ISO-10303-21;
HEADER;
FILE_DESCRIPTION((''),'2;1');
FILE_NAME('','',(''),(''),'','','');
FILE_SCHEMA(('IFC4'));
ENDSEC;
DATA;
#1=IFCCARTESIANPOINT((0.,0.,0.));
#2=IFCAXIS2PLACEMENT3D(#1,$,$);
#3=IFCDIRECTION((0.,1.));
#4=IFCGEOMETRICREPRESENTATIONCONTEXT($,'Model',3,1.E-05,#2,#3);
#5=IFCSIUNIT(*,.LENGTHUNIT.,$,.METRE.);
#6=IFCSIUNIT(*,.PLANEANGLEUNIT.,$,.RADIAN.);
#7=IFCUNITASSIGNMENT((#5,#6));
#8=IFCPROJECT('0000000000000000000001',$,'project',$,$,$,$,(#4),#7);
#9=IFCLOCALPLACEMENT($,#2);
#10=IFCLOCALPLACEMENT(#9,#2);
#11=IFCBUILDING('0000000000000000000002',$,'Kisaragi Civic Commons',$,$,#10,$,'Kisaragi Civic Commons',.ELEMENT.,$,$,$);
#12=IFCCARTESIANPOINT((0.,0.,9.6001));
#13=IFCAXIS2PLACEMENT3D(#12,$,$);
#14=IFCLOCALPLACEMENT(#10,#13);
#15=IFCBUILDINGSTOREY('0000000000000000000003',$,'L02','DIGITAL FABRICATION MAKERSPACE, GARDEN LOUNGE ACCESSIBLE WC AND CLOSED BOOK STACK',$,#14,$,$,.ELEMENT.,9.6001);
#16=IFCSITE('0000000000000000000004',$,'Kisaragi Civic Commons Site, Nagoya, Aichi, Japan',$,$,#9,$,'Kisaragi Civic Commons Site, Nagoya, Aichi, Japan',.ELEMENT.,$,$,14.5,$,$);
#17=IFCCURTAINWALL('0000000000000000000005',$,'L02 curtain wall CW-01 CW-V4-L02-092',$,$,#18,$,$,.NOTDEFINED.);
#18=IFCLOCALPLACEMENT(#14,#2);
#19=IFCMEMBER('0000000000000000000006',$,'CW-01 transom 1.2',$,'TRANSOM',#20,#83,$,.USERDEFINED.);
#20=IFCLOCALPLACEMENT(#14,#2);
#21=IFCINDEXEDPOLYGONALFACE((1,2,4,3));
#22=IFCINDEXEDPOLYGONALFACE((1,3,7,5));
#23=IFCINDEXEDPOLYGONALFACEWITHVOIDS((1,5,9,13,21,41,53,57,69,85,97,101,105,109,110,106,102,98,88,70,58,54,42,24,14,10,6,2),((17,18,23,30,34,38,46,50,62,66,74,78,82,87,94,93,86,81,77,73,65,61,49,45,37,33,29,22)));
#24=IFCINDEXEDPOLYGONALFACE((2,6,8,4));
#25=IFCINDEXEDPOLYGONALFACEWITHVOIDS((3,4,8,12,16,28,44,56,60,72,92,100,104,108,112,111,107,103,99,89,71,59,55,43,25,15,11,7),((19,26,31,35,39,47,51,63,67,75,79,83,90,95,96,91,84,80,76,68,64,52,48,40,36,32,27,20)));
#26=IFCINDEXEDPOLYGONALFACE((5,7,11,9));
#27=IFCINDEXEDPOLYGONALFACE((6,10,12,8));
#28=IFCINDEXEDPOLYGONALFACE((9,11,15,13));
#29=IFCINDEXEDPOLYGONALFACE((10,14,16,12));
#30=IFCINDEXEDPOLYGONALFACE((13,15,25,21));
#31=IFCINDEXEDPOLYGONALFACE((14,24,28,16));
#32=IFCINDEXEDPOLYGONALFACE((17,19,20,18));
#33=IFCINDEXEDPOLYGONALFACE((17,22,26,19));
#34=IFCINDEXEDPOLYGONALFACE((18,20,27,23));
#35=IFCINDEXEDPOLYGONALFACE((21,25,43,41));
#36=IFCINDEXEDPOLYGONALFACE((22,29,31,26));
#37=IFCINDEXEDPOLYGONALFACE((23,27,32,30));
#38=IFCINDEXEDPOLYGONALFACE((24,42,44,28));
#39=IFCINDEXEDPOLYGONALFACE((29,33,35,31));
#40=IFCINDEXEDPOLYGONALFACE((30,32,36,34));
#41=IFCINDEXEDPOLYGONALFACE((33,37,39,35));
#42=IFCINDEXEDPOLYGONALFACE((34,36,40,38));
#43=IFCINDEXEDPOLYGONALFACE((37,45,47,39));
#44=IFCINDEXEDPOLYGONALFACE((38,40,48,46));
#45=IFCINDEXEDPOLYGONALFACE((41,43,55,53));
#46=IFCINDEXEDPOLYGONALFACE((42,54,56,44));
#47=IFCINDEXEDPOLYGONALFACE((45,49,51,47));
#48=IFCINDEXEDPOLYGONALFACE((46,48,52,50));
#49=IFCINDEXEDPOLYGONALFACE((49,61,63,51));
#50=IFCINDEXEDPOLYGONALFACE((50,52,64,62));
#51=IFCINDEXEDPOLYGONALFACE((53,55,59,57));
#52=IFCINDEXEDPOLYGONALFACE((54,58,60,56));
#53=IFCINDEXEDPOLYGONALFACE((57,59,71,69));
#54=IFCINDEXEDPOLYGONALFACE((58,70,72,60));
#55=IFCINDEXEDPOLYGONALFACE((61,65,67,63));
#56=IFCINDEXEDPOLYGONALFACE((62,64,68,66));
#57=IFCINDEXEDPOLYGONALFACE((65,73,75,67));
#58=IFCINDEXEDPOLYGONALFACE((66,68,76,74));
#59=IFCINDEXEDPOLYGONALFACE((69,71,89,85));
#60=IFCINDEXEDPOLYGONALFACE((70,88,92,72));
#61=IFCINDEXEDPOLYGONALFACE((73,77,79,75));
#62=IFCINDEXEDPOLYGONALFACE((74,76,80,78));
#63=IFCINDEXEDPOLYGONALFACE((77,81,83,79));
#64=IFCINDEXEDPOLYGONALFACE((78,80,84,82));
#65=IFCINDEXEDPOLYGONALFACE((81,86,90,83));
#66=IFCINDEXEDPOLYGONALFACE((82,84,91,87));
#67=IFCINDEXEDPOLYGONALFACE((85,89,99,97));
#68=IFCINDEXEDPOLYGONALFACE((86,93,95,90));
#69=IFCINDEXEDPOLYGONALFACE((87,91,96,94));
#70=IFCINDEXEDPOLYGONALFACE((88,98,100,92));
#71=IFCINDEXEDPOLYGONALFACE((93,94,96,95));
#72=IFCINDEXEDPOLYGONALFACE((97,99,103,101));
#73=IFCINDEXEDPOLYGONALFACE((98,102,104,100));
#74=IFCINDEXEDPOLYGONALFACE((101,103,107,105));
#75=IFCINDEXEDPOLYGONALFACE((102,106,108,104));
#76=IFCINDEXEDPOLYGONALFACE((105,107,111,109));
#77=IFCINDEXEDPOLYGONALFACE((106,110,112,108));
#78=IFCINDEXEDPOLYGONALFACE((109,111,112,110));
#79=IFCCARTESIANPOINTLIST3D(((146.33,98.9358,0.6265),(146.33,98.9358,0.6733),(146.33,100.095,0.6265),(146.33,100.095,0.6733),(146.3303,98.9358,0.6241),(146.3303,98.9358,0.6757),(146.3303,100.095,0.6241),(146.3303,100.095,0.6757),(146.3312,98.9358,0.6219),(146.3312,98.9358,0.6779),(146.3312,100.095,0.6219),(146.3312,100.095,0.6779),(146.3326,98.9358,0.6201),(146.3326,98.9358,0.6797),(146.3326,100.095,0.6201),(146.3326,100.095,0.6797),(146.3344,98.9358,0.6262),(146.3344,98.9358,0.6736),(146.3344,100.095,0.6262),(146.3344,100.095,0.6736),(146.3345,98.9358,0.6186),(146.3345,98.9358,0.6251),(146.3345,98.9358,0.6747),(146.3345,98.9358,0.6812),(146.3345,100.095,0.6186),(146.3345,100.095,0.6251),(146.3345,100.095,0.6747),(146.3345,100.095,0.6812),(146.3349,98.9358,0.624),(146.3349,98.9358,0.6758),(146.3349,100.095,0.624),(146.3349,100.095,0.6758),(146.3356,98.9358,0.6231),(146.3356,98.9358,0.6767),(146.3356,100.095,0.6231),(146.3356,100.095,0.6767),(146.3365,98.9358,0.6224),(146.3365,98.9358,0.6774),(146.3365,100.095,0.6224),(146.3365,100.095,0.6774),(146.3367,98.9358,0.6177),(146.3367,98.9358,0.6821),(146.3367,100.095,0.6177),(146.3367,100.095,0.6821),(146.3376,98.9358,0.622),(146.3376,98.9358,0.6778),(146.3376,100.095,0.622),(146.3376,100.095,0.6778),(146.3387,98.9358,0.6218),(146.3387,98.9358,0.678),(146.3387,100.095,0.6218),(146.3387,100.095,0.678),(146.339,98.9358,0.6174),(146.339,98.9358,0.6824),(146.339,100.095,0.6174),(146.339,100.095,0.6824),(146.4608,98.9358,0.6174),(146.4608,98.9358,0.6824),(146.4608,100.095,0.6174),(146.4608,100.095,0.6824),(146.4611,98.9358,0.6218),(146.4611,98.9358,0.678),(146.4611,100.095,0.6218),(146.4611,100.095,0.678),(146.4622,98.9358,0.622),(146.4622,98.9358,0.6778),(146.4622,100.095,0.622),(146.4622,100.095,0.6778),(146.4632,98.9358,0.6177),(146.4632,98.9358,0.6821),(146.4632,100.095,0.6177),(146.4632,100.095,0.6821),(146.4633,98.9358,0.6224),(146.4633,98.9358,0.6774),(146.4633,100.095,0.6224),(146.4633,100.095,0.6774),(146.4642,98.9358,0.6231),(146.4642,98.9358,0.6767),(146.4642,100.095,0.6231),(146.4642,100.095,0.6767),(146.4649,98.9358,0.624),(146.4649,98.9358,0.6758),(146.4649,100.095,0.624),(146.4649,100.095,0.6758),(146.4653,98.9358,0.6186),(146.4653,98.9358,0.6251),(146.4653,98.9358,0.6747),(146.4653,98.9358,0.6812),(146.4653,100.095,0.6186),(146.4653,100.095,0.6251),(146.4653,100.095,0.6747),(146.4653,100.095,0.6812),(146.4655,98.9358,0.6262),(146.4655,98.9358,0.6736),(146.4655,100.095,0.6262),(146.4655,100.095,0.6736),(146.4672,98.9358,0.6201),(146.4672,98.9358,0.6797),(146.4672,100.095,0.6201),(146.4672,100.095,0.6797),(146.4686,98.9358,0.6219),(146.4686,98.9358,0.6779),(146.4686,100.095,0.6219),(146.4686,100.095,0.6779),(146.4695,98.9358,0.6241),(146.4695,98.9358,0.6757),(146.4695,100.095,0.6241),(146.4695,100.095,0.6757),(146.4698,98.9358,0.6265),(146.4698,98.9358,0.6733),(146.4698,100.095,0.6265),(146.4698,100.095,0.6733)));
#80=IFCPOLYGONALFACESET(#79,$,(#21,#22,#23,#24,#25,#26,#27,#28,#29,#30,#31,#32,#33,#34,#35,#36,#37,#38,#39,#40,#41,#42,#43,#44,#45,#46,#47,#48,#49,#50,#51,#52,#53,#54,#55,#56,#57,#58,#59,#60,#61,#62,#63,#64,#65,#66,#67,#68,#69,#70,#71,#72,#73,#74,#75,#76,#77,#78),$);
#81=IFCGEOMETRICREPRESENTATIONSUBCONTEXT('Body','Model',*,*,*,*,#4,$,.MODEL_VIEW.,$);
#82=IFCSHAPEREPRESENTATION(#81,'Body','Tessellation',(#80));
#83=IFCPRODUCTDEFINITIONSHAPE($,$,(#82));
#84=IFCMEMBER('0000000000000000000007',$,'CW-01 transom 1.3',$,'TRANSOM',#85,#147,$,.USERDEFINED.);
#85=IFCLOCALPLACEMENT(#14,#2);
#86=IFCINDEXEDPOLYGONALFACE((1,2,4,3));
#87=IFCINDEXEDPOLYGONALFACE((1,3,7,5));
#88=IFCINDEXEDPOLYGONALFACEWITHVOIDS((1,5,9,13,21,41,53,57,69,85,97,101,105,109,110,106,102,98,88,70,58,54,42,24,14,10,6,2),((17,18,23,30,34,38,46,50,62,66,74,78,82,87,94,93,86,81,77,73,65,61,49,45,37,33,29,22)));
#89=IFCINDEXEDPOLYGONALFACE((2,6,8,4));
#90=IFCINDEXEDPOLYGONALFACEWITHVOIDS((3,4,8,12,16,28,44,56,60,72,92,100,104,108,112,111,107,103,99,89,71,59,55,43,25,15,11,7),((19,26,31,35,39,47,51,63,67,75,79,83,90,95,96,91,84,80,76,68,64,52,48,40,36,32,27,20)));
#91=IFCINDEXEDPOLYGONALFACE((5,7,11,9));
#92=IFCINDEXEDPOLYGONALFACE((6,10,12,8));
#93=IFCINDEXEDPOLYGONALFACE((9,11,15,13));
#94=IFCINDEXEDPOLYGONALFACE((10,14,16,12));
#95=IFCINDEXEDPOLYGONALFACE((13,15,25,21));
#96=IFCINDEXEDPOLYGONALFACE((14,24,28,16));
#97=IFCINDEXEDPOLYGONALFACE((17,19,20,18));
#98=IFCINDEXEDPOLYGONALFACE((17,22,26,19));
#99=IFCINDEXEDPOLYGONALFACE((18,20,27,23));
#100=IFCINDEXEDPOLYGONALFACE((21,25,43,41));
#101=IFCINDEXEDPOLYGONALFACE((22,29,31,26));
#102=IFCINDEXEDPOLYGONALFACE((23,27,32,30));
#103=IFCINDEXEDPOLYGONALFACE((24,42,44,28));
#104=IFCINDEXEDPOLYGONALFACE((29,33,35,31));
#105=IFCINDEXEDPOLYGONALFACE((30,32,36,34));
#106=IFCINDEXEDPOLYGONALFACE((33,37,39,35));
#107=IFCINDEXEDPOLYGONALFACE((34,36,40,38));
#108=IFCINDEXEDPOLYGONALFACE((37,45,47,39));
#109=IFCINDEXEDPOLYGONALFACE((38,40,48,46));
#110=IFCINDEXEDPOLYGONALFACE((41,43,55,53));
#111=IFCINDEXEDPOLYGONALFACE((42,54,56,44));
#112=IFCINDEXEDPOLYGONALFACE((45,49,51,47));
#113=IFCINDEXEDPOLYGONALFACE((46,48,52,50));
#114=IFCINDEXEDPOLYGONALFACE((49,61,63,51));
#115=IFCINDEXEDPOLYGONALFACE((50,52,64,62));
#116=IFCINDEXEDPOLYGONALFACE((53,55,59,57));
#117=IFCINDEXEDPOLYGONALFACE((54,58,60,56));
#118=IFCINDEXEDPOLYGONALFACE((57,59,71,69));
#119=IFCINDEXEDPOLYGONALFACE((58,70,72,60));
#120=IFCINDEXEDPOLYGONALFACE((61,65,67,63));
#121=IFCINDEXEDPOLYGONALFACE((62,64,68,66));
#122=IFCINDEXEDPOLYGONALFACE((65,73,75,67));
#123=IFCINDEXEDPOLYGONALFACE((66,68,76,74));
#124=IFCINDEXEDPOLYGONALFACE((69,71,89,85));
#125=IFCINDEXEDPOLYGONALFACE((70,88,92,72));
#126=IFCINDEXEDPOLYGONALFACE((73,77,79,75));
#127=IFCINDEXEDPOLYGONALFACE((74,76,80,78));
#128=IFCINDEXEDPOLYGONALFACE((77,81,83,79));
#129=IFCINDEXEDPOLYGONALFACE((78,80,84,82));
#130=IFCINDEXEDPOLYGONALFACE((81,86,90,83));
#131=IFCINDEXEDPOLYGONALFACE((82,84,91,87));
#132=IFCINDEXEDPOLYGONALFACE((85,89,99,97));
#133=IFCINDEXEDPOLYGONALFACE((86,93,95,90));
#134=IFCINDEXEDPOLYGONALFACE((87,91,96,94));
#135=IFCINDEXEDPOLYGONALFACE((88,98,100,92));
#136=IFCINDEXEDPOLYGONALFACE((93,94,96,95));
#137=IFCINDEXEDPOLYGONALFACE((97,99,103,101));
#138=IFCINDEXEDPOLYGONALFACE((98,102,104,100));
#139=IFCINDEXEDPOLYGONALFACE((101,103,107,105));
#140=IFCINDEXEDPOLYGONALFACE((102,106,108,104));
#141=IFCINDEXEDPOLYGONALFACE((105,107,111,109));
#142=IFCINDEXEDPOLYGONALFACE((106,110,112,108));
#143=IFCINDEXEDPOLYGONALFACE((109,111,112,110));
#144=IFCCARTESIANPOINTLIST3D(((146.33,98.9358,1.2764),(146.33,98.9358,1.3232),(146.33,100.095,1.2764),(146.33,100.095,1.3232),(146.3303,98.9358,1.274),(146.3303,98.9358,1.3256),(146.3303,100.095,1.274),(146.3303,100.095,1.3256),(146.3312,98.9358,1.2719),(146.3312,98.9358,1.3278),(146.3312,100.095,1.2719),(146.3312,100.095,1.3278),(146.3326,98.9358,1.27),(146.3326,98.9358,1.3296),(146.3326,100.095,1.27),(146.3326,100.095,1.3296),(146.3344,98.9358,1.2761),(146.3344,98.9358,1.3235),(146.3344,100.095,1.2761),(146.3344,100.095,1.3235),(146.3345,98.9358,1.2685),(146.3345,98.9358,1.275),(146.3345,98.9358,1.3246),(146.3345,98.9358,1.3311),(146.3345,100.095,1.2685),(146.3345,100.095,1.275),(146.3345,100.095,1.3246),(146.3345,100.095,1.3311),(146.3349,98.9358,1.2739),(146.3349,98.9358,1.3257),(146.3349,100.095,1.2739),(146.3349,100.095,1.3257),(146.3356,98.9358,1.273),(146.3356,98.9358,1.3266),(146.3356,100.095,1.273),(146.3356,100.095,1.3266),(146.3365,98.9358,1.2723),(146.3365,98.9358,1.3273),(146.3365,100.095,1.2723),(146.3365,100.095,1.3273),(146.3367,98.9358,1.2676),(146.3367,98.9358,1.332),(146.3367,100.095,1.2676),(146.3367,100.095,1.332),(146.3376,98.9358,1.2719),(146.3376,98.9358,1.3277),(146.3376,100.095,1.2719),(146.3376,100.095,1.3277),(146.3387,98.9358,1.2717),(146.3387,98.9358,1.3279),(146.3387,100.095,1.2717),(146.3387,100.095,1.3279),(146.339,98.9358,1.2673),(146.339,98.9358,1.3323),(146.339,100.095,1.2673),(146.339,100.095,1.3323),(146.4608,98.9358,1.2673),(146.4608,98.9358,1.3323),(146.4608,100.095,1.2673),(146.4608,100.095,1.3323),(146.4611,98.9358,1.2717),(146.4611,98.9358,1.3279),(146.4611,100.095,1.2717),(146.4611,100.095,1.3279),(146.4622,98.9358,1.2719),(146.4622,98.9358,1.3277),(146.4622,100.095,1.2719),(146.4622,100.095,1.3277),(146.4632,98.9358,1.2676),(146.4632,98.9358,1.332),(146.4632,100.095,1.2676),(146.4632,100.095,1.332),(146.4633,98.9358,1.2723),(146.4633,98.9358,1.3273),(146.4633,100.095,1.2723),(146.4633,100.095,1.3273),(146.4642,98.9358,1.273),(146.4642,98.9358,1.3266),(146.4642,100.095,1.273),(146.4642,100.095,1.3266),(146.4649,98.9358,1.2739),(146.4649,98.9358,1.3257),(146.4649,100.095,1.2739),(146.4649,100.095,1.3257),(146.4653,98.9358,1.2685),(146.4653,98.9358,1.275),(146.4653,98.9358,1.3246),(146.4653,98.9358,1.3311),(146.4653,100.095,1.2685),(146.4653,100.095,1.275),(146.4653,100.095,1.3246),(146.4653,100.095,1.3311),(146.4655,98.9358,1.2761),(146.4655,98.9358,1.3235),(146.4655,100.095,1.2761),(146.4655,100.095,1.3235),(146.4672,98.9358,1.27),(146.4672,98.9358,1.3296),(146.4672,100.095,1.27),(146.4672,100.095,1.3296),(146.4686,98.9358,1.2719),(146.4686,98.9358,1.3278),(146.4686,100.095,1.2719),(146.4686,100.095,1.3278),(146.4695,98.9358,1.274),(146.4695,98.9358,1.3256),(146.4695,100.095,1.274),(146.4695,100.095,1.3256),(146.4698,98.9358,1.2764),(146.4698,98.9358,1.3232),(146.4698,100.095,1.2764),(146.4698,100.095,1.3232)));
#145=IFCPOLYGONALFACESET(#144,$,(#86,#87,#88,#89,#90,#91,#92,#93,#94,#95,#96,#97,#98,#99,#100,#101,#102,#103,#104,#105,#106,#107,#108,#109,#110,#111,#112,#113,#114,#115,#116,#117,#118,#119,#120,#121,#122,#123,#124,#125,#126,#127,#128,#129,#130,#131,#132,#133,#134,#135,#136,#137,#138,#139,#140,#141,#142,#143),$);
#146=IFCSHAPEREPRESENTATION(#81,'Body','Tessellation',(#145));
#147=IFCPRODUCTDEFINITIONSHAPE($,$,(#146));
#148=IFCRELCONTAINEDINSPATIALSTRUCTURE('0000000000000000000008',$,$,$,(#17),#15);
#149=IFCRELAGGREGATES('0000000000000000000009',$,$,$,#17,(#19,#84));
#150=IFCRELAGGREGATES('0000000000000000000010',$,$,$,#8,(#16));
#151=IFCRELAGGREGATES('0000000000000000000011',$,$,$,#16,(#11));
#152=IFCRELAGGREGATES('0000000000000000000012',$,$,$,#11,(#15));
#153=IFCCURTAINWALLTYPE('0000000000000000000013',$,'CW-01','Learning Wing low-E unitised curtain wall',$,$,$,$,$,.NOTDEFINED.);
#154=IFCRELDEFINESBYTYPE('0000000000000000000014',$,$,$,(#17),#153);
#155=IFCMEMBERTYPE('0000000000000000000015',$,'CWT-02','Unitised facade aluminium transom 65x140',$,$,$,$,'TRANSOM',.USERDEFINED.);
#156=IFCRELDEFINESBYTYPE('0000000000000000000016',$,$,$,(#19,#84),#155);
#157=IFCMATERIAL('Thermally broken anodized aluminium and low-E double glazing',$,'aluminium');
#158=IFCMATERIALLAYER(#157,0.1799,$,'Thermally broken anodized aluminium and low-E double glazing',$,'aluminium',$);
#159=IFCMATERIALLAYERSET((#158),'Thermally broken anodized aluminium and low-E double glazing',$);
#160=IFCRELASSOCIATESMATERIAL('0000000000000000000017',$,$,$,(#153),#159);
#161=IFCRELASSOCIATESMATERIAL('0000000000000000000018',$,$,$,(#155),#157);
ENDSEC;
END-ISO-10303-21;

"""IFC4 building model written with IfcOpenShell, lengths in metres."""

from ifc_helpers import new_model, si_unit, direction, frame, origin, origin_2d, place, context, subcontext, project, spatial, hollow_rectangle, extrude, material, layer, layer_set, material_profile, profile_set, type_object, element, aggregate, save


model = new_model("IFC4")

# Units and contexts
model_context = context("Model", 3, precision=1e-05, world=origin(), true_north=direction((0.0, 1.0)))
body_context = subcontext(model_context, "Body", "Model", "MODEL_VIEW")
ifc_project = project(units=[si_unit("LENGTHUNIT", "METRE"), si_unit("PLANEANGLEUNIT", "RADIAN")], contexts=[model_context])

# Site, building, storey
site_placement = place(None, origin())
site = spatial("IfcSite", under=ifc_project, at=site_placement, Name="Kisaragi Civic Commons Site, Nagoya, Aichi, Japan", LongName="Kisaragi Civic Commons Site, Nagoya, Aichi, Japan", CompositionType="ELEMENT", RefElevation=14.5)
building_placement = place(site_placement, origin())
building = spatial("IfcBuilding", under=site, at=building_placement, Name="Kisaragi Civic Commons", LongName="Kisaragi Civic Commons", CompositionType="ELEMENT")
storey_placement = place(building_placement, frame((0.0, 0.0, 9.6001)))
storey = spatial("IfcBuildingStorey", under=building, at=storey_placement, Name="L02", Description="DIGITAL FABRICATION MAKERSPACE, GARDEN LOUNGE ACCESSIBLE WC AND CLOSED BOOK STACK", CompositionType="ELEMENT", Elevation=9.6001)

# Shared definitions
ifc_material_1 = material(Name="Thermally broken anodized aluminium and low-E double glazing", Category="aluminium")
ifc_layer_1 = layer(ifc_material_1, 0.1799, Name="Thermally broken anodized aluminium and low-E double glazing", Category="aluminium")
ifc_layer_set_1 = layer_set([ifc_layer_1], Name="Thermally broken anodized aluminium and low-E double glazing")
curtain_wall_type = type_object("IfcCurtainWallType", Name="CW-01", Description="Learning Wing low-E unitised curtain wall", PredefinedType="NOTDEFINED", material=ifc_layer_set_1)

# Curtain wall
curtain_wall_1_placement = place(storey_placement, origin())
curtain_wall_1 = element("IfcCurtainWall", 1, at=curtain_wall_1_placement, inside=storey, type_object=curtain_wall_type, Name="L02 curtain wall CW-01 CW-V4-L02-092", PredefinedType="NOTDEFINED")

# Members
ifc_material_profile_1 = material_profile(ifc_material_1, hollow_rectangle(XDim=0.1399, YDim=0.0649, WallThickness=0.0044, InnerFilletRadius=0.0044, OuterFilletRadius=0.009, at=origin_2d()), Name="CWT-65x140x4.5", Category="aluminium")
ifc_profile_set_1 = profile_set([ifc_material_profile_1], Name="Thermally broken anodized aluminium and low-E double glazing")
member_type_1 = type_object("IfcMemberType", Name="CWT-02", Description="Unitised facade aluminium transom 65x140", ElementType="TRANSOM", PredefinedType="USERDEFINED", material=ifc_profile_set_1)
member_1_placement = place(storey_placement, frame((146.3999, 100.095, 0.6499), z_axis=(0.0, -1.0, 0.0), x_axis=(1.0, 0.0, 0.0)))
member_1 = element("IfcMember", 2, at=member_1_placement, type_object=member_type_1, Name="CW-01 transom 1.2", ObjectType="TRANSOM", PredefinedType="USERDEFINED", context=body_context, shape_type="SweptSolid", body=[
    extrude(hollow_rectangle(XDim=0.1399, YDim=0.0649, WallThickness=0.0044, InnerFilletRadius=0.0044, OuterFilletRadius=0.009, at=origin_2d()), origin(), (0.0, 0.0, 1.0), 1.1592),
])
member_2_placement = place(storey_placement, frame((146.3999, 100.095, 1.2998), z_axis=(0.0, -1.0, 0.0), x_axis=(1.0, 0.0, 0.0)))
member_2 = element("IfcMember", 3, at=member_2_placement, type_object=member_type_1, Name="CW-01 transom 1.3", ObjectType="TRANSOM", PredefinedType="USERDEFINED", context=body_context, shape_type="SweptSolid", body=[
    extrude(hollow_rectangle(XDim=0.1399, YDim=0.0649, WallThickness=0.0044, InnerFilletRadius=0.0044, OuterFilletRadius=0.009, at=origin_2d()), origin(), (0.0, 0.0, 1.0), 1.1592),
])

aggregate(curtain_wall_1, [member_1, member_2])

save(model, "model.ifc")
